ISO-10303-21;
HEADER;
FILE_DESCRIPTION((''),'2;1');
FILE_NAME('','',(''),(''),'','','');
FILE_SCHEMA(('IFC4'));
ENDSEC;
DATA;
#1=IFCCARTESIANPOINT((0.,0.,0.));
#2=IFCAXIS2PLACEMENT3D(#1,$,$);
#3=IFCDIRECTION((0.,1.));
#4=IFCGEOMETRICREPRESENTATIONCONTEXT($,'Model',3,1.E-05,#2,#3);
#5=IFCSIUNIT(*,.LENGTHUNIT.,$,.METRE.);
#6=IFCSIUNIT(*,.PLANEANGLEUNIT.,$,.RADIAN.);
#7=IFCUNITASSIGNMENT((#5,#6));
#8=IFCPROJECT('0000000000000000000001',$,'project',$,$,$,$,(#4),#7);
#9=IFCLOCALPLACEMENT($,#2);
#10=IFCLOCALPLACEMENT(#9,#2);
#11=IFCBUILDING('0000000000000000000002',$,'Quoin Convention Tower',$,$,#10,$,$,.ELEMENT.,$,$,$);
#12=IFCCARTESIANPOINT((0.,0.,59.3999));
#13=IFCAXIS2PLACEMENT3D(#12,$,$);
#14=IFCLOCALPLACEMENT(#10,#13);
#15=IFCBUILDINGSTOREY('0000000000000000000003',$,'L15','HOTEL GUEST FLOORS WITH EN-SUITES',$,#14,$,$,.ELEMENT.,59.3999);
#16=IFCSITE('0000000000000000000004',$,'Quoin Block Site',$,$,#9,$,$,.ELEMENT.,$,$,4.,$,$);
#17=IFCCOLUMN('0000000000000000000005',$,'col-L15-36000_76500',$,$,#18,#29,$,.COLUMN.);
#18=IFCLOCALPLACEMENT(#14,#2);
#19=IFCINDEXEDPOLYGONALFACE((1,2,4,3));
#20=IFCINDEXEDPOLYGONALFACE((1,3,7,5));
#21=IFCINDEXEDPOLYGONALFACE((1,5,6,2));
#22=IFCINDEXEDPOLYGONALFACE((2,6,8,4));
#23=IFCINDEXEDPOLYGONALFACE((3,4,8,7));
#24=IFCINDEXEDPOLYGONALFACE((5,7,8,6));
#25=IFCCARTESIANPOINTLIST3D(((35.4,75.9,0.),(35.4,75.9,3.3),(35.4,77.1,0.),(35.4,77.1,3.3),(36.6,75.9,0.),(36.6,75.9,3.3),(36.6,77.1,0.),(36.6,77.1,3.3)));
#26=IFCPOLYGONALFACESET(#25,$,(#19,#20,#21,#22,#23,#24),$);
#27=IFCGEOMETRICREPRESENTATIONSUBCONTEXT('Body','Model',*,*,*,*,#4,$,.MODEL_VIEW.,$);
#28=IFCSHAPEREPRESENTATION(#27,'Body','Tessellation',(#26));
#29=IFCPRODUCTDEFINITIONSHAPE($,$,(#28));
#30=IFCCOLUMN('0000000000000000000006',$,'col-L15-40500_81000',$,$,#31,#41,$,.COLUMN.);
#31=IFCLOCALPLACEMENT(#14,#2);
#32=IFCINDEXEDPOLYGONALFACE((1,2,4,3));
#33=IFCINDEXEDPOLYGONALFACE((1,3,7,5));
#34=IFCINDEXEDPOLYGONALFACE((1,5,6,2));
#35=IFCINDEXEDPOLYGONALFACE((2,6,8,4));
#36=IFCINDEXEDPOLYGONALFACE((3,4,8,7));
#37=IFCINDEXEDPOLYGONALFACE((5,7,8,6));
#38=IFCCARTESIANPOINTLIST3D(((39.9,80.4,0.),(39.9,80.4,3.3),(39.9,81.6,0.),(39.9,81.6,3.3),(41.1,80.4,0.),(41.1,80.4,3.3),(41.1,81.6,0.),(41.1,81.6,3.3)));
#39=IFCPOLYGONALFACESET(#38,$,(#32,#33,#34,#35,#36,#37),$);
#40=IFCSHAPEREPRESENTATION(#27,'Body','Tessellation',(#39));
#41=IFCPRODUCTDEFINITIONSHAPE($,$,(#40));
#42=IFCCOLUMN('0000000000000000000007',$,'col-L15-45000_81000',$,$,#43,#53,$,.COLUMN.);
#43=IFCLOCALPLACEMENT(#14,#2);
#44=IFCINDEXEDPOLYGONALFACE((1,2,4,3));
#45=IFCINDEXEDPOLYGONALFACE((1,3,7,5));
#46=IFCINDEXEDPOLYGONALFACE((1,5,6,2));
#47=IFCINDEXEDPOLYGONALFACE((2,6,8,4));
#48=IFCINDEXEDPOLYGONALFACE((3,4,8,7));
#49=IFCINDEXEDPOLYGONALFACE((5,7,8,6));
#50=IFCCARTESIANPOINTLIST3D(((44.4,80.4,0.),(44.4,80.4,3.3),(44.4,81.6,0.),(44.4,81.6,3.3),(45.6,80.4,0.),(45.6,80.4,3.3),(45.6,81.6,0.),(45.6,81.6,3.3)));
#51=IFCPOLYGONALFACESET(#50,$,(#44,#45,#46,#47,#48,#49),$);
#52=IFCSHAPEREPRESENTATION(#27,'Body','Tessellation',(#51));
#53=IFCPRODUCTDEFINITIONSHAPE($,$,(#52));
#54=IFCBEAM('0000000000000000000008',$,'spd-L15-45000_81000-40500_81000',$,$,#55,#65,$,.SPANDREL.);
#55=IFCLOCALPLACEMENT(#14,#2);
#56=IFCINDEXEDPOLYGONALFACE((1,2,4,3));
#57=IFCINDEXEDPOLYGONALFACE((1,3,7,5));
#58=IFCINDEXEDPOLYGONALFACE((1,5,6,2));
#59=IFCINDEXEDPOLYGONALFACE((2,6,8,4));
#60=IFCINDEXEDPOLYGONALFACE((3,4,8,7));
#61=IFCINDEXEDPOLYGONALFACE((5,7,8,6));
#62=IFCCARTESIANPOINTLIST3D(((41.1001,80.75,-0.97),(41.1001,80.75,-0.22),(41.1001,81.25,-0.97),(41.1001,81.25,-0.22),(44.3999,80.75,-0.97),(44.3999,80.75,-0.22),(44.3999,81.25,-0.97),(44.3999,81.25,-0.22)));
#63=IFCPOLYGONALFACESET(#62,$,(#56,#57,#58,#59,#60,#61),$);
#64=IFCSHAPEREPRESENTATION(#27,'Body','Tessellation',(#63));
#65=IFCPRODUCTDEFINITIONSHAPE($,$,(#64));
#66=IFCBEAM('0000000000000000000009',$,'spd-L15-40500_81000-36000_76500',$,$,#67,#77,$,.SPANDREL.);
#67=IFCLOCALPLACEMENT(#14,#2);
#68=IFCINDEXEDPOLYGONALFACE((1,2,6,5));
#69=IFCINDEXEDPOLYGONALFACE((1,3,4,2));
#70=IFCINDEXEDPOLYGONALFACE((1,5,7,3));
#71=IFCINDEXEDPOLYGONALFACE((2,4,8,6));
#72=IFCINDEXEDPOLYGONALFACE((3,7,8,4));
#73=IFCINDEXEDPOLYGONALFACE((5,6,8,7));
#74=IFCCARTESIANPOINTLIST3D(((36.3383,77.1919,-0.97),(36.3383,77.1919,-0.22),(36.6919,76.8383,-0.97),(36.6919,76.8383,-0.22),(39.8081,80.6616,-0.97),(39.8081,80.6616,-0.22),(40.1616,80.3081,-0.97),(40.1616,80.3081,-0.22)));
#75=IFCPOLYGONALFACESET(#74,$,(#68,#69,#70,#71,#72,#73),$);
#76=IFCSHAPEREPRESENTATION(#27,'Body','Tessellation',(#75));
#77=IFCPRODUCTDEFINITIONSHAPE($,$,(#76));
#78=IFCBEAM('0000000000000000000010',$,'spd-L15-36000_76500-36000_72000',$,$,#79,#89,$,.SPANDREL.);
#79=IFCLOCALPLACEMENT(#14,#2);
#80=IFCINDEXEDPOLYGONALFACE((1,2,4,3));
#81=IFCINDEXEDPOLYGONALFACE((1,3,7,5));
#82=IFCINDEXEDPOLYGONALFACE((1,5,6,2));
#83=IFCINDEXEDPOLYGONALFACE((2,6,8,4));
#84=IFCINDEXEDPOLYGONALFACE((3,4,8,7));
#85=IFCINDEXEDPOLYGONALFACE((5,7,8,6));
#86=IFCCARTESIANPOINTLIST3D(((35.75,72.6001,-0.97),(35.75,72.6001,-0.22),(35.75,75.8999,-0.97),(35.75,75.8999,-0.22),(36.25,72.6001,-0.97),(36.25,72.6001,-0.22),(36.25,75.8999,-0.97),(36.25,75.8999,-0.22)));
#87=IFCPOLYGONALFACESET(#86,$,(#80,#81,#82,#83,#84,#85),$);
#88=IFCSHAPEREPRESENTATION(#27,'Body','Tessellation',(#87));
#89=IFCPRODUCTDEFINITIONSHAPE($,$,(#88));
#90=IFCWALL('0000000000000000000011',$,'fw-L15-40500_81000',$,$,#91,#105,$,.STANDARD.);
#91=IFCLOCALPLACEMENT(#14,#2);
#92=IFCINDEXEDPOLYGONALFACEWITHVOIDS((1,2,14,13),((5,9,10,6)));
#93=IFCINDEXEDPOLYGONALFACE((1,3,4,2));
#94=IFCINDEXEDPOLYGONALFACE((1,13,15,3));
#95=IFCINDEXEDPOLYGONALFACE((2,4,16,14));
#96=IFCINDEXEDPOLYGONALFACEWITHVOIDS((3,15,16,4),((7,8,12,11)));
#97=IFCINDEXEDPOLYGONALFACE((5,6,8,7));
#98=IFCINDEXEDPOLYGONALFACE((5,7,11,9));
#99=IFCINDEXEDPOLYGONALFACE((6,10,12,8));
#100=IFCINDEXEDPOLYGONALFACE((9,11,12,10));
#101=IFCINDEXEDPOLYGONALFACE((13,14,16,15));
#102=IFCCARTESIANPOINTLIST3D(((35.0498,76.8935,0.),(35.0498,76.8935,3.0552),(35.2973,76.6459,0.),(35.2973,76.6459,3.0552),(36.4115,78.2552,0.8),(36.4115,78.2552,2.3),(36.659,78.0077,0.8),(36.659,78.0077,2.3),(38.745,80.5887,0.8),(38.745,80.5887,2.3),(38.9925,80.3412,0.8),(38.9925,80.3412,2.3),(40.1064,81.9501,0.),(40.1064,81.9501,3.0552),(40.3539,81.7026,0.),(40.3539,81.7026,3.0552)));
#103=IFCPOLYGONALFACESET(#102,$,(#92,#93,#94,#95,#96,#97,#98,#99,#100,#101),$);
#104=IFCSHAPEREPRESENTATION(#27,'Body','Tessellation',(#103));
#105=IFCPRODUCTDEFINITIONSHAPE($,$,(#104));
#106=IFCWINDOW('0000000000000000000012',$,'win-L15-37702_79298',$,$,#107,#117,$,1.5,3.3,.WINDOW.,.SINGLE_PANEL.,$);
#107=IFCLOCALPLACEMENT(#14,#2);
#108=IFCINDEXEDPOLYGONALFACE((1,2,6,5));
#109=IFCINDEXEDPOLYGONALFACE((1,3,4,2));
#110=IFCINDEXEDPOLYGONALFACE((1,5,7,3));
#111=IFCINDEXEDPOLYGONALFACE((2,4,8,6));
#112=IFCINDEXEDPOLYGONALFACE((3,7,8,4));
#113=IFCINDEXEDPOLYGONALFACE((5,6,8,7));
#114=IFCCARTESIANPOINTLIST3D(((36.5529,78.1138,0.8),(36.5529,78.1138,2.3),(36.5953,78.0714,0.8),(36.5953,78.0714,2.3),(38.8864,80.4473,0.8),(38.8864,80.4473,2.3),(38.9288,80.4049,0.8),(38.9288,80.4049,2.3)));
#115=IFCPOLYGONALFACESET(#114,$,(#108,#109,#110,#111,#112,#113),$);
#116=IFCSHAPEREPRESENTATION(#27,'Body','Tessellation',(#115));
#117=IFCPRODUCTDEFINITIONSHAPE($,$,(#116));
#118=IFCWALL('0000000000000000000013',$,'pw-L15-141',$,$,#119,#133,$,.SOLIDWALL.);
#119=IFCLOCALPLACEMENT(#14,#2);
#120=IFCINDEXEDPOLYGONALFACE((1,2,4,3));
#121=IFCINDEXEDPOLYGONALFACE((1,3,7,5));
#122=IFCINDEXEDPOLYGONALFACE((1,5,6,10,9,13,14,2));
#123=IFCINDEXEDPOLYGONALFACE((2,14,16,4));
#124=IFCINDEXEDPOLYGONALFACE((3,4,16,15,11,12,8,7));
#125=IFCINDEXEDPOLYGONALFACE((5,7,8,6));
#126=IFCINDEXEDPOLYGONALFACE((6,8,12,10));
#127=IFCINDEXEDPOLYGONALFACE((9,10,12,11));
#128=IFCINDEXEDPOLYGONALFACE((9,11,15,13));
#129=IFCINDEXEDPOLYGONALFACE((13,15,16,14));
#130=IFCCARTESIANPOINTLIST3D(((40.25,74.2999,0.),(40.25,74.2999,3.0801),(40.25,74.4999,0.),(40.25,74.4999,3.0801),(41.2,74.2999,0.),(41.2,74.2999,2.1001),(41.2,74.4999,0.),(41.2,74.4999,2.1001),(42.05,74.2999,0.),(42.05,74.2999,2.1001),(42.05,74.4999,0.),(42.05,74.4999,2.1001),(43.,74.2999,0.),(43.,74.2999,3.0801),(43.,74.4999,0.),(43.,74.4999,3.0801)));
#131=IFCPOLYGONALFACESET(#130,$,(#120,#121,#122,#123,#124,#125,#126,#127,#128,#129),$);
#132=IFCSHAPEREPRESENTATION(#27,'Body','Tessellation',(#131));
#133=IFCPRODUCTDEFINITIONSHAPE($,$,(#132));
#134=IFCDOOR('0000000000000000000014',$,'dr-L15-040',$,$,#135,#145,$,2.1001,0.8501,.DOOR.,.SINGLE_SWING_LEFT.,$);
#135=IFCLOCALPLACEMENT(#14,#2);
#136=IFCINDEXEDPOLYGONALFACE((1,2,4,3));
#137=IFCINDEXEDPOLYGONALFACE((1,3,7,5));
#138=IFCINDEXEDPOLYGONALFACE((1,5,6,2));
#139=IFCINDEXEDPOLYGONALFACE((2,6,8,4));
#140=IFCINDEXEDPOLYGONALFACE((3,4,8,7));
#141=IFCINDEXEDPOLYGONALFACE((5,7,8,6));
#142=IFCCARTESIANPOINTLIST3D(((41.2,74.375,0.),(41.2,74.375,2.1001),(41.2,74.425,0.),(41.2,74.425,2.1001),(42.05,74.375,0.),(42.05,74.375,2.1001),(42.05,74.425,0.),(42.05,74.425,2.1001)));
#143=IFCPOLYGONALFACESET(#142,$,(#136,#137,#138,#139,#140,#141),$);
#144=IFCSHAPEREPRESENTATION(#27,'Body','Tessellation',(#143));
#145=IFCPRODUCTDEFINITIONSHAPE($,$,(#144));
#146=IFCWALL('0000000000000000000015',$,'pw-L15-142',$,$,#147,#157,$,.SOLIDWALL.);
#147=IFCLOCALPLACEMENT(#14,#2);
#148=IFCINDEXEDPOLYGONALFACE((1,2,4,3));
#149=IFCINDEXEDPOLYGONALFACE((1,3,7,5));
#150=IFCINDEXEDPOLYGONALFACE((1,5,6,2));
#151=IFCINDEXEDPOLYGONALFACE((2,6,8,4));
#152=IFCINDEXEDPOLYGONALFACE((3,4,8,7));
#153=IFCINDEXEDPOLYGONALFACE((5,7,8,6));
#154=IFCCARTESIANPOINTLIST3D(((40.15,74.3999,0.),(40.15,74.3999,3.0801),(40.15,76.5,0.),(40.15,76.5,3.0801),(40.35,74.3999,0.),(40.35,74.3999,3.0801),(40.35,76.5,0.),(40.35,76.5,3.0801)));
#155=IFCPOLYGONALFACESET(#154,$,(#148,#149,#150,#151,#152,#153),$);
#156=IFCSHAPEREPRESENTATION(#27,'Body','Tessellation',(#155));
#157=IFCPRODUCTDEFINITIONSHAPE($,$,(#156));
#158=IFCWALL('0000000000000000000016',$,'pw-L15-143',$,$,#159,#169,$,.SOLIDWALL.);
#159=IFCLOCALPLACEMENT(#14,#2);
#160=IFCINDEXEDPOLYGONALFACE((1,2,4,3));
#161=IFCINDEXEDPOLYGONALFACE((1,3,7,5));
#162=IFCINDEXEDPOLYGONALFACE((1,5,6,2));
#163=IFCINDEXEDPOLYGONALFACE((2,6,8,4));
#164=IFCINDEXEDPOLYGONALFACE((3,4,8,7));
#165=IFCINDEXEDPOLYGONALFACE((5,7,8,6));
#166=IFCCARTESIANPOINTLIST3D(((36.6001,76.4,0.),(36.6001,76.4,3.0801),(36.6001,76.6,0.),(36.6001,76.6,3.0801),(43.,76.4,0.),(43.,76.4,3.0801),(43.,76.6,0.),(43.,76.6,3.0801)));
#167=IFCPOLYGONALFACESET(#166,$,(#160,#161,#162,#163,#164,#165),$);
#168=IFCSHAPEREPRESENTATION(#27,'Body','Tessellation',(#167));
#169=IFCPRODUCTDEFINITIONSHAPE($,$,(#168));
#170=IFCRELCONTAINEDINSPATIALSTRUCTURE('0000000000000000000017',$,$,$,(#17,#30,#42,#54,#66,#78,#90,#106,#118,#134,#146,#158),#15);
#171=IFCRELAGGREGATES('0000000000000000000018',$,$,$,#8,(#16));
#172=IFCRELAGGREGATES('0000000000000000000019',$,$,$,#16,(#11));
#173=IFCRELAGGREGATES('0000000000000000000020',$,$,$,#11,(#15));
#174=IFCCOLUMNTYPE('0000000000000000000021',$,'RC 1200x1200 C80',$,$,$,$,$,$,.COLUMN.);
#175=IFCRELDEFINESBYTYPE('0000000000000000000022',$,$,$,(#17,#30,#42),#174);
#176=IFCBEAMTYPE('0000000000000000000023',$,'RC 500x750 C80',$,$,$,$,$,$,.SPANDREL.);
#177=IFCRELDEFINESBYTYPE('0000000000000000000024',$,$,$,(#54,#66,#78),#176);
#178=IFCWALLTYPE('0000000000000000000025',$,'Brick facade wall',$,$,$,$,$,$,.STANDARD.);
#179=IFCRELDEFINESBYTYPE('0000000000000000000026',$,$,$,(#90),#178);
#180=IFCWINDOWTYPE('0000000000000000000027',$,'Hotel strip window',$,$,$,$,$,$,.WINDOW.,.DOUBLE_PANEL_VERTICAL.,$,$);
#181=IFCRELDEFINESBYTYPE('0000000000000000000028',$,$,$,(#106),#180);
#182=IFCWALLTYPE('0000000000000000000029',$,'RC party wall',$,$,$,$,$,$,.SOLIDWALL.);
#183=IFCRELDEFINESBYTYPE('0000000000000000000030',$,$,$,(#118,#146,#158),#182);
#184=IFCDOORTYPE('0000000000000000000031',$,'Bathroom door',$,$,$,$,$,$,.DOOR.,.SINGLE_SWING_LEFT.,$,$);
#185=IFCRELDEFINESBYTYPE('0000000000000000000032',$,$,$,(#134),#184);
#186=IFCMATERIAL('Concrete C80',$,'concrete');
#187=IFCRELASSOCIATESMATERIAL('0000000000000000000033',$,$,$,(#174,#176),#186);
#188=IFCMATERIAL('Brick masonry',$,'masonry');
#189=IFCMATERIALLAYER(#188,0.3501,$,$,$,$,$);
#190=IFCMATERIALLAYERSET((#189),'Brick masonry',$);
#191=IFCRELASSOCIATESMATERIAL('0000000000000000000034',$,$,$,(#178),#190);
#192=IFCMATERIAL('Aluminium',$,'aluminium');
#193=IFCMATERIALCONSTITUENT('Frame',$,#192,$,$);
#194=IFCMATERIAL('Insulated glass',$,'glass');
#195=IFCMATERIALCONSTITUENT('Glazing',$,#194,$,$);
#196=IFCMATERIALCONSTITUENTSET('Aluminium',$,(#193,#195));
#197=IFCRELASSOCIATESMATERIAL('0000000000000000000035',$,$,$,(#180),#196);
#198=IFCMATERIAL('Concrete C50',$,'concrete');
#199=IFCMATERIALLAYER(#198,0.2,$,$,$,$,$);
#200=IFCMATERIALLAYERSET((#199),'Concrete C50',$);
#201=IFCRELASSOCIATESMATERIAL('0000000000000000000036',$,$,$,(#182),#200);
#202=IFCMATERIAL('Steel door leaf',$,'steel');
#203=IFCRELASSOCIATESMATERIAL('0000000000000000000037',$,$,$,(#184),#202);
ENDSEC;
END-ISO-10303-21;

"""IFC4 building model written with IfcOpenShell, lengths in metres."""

from ifc_helpers import new_model, si_unit, direction, frame, frame_2d, origin, origin_2d, place, context, subcontext, project, spatial, rectangle, extrude, material, layer, layer_set, constituent, constituent_set, material_profile, profile_set, type_object, element, fill, save


model = new_model("IFC4")

# Units and contexts
model_context = context("Model", 3, precision=1e-05, world=origin(), true_north=direction((0.0, 1.0)))
body_context = subcontext(model_context, "Body", "Model", "MODEL_VIEW")
ifc_project = project(units=[si_unit("LENGTHUNIT", "METRE"), si_unit("PLANEANGLEUNIT", "RADIAN")], contexts=[model_context])

# Site, building, storey
site_placement = place(None, origin())
site = spatial("IfcSite", under=ifc_project, at=site_placement, Name="Quoin Block Site", CompositionType="ELEMENT", RefElevation=4.0)
building_placement = place(site_placement, origin())
building = spatial("IfcBuilding", under=site, at=building_placement, Name="Quoin Convention Tower", CompositionType="ELEMENT")
storey_placement = place(building_placement, frame((0.0, 0.0, 59.3999)))
storey = spatial("IfcBuildingStorey", under=building, at=storey_placement, Name="L15", Description="HOTEL GUEST FLOORS WITH EN-SUITES", CompositionType="ELEMENT", Elevation=59.3999)

# Columns
ifc_material_1 = material(Name="Concrete C80", Category="concrete")
ifc_material_profile_1 = material_profile(ifc_material_1, rectangle(XDim=1.2, YDim=1.2, at=origin_2d()), Name="RC 1200x1200")
ifc_profile_set_1 = profile_set([ifc_material_profile_1], Name="Concrete C80")
column_type = type_object("IfcColumnType", Name="RC 1200x1200 C80", PredefinedType="COLUMN", material=ifc_profile_set_1)
for number, where, z_axis, x_axis, name in (
    (1, (36.0, 76.5, 0.0), (0.0, 0.0, 1.0), (1.0, 0.0, 0.0), "col-L15-36000_76500"),
    (2, (40.5, 81.0, 0.0), (0.0, 0.0, 1.0), (1.0, 0.0, 0.0), "col-L15-40500_81000"),
    (3, (45.0, 81.0, 0.0), (0.0, 0.0, 1.0), (1.0, 0.0, 0.0), "col-L15-45000_81000"),
):
    element("IfcColumn", number, at=place(storey_placement, frame(where, z_axis=z_axis, x_axis=x_axis)), inside=storey, type_object=column_type, Name=name, PredefinedType="COLUMN", context=body_context, shape_type="SweptSolid", body=[
        extrude(rectangle(XDim=1.2, YDim=1.2, at=origin_2d()), origin(), (0.0, 0.0, 1.0), 3.3),
    ])

# Beams
ifc_material_profile_2 = material_profile(ifc_material_1, rectangle(XDim=0.5, YDim=0.75, at=origin_2d()), Name="RC 500x750")
ifc_profile_set_2 = profile_set([ifc_material_profile_2], Name="Concrete C80")
beam_type = type_object("IfcBeamType", Name="RC 500x750 C80", PredefinedType="SPANDREL", material=ifc_profile_set_2)
beam_1_placement = place(storey_placement, frame((44.3999, 81.0, -0.595), z_axis=(-1.0, 0.0, 0.0), x_axis=(0.0, -1.0, 0.0)))
element("IfcBeam", 4, at=beam_1_placement, inside=storey, type_object=beam_type, Name="spd-L15-45000_81000-40500_81000", PredefinedType="SPANDREL", context=body_context, shape_type="SweptSolid", body=[
    extrude(rectangle(XDim=0.5, YDim=0.75, at=origin_2d()), origin(), (0.0, 0.0, 1.0), 3.2998),
])
beam_2_placement = place(storey_placement, frame((39.9849, 80.4849, -0.595), z_axis=(-0.707107, -0.707107, 0.0), x_axis=(0.707107, -0.707107, 0.0)))
element("IfcBeam", 5, at=beam_2_placement, inside=storey, type_object=beam_type, Name="spd-L15-40500_81000-36000_76500", PredefinedType="SPANDREL", context=body_context, shape_type="SweptSolid", body=[
    extrude(rectangle(XDim=0.5, YDim=0.75, at=origin_2d()), origin(), (0.0, 0.0, 1.0), 4.907),
])
beam_3_placement = place(storey_placement, frame((36.0, 75.8999, -0.595), z_axis=(0.0, -1.0, 0.0), x_axis=(1.0, 0.0, 0.0)))
element("IfcBeam", 6, at=beam_3_placement, inside=storey, type_object=beam_type, Name="spd-L15-36000_76500-36000_72000", PredefinedType="SPANDREL", context=body_context, shape_type="SweptSolid", body=[
    extrude(rectangle(XDim=0.5, YDim=0.75, at=origin_2d()), origin(), (0.0, 0.0, 1.0), 3.2998),
])

# Wall, opening, window
ifc_material_2 = material(Name="Brick masonry", Category="masonry")
ifc_layer_1 = layer(ifc_material_2, 0.3501)
ifc_layer_set_1 = layer_set([ifc_layer_1], Name="Brick masonry")
wall_type_1 = type_object("IfcWallType", Name="Brick facade wall", PredefinedType="STANDARD", material=ifc_layer_set_1)
wall_1_placement = place(storey_placement, frame((40.2302, 81.8264, 0.0), z_axis=(0.0, 0.0, 1.0), x_axis=(-0.707107, -0.707107, 0.0)))
wall_1 = element("IfcWall", 7, at=wall_1_placement, inside=storey, type_object=wall_type_1, Name="fw-L15-40500_81000", PredefinedType="STANDARD", context=body_context, shape_type="SweptSolid", body=[
    extrude(rectangle(XDim=7.1511, YDim=0.3501, at=frame_2d((3.5757, 0.0))), origin(), (0.0, 0.0, 1.0), 3.0552),
])
opening_1_placement = place(wall_1_placement, frame((1.9255, 0.0, 0.8)))
opening_1 = element("IfcOpeningElement", 8, at=opening_1_placement, cuts=wall_1, PredefinedType="OPENING", context=body_context, shape_type="SweptSolid", body=[
    extrude(rectangle(XDim=3.3, YDim=1.5, at=frame_2d((1.6499, 0.75))), frame((0.0, 0.1851, 0.0), z_axis=(0.0, -1.0, 0.0), x_axis=(1.0, 0.0, 0.0)), (0.0, 0.0, 1.0), 0.3701),
])
ifc_material_3 = material(Name="Aluminium", Category="aluminium")
ifc_constituent_1 = constituent(ifc_material_3, Name="Frame")
ifc_material_4 = material(Name="Insulated glass", Category="glass")
ifc_constituent_2 = constituent(ifc_material_4, Name="Glazing")
ifc_constituent_set = constituent_set(constituents=[ifc_constituent_1, ifc_constituent_2], Name="Aluminium")
window_type = type_object("IfcWindowType", Name="Hotel strip window", PartitioningType="DOUBLE_PANEL_VERTICAL", PredefinedType="WINDOW", material=ifc_constituent_set)
window_placement = place(opening_1_placement, origin())
window = element("IfcWindow", 9, at=window_placement, inside=storey, type_object=window_type, Name="win-L15-37702_79298", OverallHeight=1.5, OverallWidth=3.3, PartitioningType="SINGLE_PANEL", PredefinedType="WINDOW", context=body_context, shape_type="SweptSolid", body=[
    extrude(rectangle(XDim=3.3, YDim=1.5, at=frame_2d((1.6499, 0.75))), frame((0.0, 0.085, 0.0), z_axis=(0.0, -1.0, 0.0), x_axis=(1.0, 0.0, 0.0)), (0.0, 0.0, 1.0), 0.0601),
])
fill(opening_1, window)

# Wall, opening, door
ifc_material_5 = material(Name="Concrete C50", Category="concrete")
ifc_layer_2 = layer(ifc_material_5, 0.2)
ifc_layer_set_2 = layer_set([ifc_layer_2], Name="Concrete C50")
wall_type_2 = type_object("IfcWallType", Name="RC party wall", PredefinedType="SOLIDWALL", material=ifc_layer_set_2)
wall_2_placement = place(storey_placement, frame((40.25, 74.3999, 0.0), z_axis=(0.0, 0.0, 1.0), x_axis=(1.0, 0.0, 0.0)))
wall_2 = element("IfcWall", 10, at=wall_2_placement, inside=storey, type_object=wall_type_2, Name="pw-L15-141", PredefinedType="SOLIDWALL", context=body_context, shape_type="SweptSolid", body=[
    extrude(rectangle(XDim=2.75, YDim=0.2, at=frame_2d((1.375, 0.0))), origin(), (0.0, 0.0, 1.0), 3.0801),
])
opening_2_placement = place(wall_2_placement, frame((0.95, 0.0, 0.0)))
opening_2 = element("IfcOpeningElement", 11, at=opening_2_placement, cuts=wall_2, PredefinedType="OPENING", context=body_context, shape_type="SweptSolid", body=[
    extrude(rectangle(XDim=0.8501, YDim=2.1001, at=frame_2d((0.425, 1.05))), frame((0.0, 0.1099, 0.0), z_axis=(0.0, -1.0, 0.0), x_axis=(1.0, 0.0, 0.0)), (0.0, 0.0, 1.0), 0.22),
])
ifc_material_6 = material(Name="Steel door leaf", Category="steel")
door_type = type_object("IfcDoorType", Name="Bathroom door", OperationType="SINGLE_SWING_LEFT", PredefinedType="DOOR", material=ifc_material_6)
door_1_placement = place(opening_2_placement, frame((0.8501, 0.0, 0.0), z_axis=(0.0, 0.0, 1.0), x_axis=(-1.0, 0.0, 0.0)))
door_1 = element("IfcDoor", 12, at=door_1_placement, inside=storey, type_object=door_type, Name="dr-L15-040", OperationType="SINGLE_SWING_LEFT", OverallHeight=2.1001, OverallWidth=0.8501, PredefinedType="DOOR", context=body_context, shape_type="SweptSolid", body=[
    extrude(rectangle(XDim=0.8501, YDim=2.1001, at=frame_2d((0.425, 1.05))), frame((0.0, 0.0249, 0.0), z_axis=(0.0, -1.0, 0.0), x_axis=(1.0, 0.0, 0.0)), (0.0, 0.0, 1.0), 0.05),
])
fill(opening_2, door_1)

# Walls
wall_3_placement = place(storey_placement, frame((40.25, 74.3999, 0.0), z_axis=(0.0, 0.0, 1.0), x_axis=(0.0, 1.0, 0.0)))
element("IfcWall", 13, at=wall_3_placement, inside=storey, type_object=wall_type_2, Name="pw-L15-142", PredefinedType="SOLIDWALL", context=body_context, shape_type="SweptSolid", body=[
    extrude(rectangle(XDim=2.1001, YDim=0.2, at=frame_2d((1.05, 0.0))), origin(), (0.0, 0.0, 1.0), 3.0801),
])
wall_4_placement = place(storey_placement, frame((36.6001, 76.5, 0.0), z_axis=(0.0, 0.0, 1.0), x_axis=(1.0, 0.0, 0.0)))
element("IfcWall", 14, at=wall_4_placement, inside=storey, type_object=wall_type_2, Name="pw-L15-143", PredefinedType="SOLIDWALL", context=body_context, shape_type="SweptSolid", body=[
    extrude(rectangle(XDim=6.3999, YDim=0.2, at=frame_2d((3.2, 0.0))), origin(), (0.0, 0.0, 1.0), 3.0801),
])

save(model, "model.ifc")
